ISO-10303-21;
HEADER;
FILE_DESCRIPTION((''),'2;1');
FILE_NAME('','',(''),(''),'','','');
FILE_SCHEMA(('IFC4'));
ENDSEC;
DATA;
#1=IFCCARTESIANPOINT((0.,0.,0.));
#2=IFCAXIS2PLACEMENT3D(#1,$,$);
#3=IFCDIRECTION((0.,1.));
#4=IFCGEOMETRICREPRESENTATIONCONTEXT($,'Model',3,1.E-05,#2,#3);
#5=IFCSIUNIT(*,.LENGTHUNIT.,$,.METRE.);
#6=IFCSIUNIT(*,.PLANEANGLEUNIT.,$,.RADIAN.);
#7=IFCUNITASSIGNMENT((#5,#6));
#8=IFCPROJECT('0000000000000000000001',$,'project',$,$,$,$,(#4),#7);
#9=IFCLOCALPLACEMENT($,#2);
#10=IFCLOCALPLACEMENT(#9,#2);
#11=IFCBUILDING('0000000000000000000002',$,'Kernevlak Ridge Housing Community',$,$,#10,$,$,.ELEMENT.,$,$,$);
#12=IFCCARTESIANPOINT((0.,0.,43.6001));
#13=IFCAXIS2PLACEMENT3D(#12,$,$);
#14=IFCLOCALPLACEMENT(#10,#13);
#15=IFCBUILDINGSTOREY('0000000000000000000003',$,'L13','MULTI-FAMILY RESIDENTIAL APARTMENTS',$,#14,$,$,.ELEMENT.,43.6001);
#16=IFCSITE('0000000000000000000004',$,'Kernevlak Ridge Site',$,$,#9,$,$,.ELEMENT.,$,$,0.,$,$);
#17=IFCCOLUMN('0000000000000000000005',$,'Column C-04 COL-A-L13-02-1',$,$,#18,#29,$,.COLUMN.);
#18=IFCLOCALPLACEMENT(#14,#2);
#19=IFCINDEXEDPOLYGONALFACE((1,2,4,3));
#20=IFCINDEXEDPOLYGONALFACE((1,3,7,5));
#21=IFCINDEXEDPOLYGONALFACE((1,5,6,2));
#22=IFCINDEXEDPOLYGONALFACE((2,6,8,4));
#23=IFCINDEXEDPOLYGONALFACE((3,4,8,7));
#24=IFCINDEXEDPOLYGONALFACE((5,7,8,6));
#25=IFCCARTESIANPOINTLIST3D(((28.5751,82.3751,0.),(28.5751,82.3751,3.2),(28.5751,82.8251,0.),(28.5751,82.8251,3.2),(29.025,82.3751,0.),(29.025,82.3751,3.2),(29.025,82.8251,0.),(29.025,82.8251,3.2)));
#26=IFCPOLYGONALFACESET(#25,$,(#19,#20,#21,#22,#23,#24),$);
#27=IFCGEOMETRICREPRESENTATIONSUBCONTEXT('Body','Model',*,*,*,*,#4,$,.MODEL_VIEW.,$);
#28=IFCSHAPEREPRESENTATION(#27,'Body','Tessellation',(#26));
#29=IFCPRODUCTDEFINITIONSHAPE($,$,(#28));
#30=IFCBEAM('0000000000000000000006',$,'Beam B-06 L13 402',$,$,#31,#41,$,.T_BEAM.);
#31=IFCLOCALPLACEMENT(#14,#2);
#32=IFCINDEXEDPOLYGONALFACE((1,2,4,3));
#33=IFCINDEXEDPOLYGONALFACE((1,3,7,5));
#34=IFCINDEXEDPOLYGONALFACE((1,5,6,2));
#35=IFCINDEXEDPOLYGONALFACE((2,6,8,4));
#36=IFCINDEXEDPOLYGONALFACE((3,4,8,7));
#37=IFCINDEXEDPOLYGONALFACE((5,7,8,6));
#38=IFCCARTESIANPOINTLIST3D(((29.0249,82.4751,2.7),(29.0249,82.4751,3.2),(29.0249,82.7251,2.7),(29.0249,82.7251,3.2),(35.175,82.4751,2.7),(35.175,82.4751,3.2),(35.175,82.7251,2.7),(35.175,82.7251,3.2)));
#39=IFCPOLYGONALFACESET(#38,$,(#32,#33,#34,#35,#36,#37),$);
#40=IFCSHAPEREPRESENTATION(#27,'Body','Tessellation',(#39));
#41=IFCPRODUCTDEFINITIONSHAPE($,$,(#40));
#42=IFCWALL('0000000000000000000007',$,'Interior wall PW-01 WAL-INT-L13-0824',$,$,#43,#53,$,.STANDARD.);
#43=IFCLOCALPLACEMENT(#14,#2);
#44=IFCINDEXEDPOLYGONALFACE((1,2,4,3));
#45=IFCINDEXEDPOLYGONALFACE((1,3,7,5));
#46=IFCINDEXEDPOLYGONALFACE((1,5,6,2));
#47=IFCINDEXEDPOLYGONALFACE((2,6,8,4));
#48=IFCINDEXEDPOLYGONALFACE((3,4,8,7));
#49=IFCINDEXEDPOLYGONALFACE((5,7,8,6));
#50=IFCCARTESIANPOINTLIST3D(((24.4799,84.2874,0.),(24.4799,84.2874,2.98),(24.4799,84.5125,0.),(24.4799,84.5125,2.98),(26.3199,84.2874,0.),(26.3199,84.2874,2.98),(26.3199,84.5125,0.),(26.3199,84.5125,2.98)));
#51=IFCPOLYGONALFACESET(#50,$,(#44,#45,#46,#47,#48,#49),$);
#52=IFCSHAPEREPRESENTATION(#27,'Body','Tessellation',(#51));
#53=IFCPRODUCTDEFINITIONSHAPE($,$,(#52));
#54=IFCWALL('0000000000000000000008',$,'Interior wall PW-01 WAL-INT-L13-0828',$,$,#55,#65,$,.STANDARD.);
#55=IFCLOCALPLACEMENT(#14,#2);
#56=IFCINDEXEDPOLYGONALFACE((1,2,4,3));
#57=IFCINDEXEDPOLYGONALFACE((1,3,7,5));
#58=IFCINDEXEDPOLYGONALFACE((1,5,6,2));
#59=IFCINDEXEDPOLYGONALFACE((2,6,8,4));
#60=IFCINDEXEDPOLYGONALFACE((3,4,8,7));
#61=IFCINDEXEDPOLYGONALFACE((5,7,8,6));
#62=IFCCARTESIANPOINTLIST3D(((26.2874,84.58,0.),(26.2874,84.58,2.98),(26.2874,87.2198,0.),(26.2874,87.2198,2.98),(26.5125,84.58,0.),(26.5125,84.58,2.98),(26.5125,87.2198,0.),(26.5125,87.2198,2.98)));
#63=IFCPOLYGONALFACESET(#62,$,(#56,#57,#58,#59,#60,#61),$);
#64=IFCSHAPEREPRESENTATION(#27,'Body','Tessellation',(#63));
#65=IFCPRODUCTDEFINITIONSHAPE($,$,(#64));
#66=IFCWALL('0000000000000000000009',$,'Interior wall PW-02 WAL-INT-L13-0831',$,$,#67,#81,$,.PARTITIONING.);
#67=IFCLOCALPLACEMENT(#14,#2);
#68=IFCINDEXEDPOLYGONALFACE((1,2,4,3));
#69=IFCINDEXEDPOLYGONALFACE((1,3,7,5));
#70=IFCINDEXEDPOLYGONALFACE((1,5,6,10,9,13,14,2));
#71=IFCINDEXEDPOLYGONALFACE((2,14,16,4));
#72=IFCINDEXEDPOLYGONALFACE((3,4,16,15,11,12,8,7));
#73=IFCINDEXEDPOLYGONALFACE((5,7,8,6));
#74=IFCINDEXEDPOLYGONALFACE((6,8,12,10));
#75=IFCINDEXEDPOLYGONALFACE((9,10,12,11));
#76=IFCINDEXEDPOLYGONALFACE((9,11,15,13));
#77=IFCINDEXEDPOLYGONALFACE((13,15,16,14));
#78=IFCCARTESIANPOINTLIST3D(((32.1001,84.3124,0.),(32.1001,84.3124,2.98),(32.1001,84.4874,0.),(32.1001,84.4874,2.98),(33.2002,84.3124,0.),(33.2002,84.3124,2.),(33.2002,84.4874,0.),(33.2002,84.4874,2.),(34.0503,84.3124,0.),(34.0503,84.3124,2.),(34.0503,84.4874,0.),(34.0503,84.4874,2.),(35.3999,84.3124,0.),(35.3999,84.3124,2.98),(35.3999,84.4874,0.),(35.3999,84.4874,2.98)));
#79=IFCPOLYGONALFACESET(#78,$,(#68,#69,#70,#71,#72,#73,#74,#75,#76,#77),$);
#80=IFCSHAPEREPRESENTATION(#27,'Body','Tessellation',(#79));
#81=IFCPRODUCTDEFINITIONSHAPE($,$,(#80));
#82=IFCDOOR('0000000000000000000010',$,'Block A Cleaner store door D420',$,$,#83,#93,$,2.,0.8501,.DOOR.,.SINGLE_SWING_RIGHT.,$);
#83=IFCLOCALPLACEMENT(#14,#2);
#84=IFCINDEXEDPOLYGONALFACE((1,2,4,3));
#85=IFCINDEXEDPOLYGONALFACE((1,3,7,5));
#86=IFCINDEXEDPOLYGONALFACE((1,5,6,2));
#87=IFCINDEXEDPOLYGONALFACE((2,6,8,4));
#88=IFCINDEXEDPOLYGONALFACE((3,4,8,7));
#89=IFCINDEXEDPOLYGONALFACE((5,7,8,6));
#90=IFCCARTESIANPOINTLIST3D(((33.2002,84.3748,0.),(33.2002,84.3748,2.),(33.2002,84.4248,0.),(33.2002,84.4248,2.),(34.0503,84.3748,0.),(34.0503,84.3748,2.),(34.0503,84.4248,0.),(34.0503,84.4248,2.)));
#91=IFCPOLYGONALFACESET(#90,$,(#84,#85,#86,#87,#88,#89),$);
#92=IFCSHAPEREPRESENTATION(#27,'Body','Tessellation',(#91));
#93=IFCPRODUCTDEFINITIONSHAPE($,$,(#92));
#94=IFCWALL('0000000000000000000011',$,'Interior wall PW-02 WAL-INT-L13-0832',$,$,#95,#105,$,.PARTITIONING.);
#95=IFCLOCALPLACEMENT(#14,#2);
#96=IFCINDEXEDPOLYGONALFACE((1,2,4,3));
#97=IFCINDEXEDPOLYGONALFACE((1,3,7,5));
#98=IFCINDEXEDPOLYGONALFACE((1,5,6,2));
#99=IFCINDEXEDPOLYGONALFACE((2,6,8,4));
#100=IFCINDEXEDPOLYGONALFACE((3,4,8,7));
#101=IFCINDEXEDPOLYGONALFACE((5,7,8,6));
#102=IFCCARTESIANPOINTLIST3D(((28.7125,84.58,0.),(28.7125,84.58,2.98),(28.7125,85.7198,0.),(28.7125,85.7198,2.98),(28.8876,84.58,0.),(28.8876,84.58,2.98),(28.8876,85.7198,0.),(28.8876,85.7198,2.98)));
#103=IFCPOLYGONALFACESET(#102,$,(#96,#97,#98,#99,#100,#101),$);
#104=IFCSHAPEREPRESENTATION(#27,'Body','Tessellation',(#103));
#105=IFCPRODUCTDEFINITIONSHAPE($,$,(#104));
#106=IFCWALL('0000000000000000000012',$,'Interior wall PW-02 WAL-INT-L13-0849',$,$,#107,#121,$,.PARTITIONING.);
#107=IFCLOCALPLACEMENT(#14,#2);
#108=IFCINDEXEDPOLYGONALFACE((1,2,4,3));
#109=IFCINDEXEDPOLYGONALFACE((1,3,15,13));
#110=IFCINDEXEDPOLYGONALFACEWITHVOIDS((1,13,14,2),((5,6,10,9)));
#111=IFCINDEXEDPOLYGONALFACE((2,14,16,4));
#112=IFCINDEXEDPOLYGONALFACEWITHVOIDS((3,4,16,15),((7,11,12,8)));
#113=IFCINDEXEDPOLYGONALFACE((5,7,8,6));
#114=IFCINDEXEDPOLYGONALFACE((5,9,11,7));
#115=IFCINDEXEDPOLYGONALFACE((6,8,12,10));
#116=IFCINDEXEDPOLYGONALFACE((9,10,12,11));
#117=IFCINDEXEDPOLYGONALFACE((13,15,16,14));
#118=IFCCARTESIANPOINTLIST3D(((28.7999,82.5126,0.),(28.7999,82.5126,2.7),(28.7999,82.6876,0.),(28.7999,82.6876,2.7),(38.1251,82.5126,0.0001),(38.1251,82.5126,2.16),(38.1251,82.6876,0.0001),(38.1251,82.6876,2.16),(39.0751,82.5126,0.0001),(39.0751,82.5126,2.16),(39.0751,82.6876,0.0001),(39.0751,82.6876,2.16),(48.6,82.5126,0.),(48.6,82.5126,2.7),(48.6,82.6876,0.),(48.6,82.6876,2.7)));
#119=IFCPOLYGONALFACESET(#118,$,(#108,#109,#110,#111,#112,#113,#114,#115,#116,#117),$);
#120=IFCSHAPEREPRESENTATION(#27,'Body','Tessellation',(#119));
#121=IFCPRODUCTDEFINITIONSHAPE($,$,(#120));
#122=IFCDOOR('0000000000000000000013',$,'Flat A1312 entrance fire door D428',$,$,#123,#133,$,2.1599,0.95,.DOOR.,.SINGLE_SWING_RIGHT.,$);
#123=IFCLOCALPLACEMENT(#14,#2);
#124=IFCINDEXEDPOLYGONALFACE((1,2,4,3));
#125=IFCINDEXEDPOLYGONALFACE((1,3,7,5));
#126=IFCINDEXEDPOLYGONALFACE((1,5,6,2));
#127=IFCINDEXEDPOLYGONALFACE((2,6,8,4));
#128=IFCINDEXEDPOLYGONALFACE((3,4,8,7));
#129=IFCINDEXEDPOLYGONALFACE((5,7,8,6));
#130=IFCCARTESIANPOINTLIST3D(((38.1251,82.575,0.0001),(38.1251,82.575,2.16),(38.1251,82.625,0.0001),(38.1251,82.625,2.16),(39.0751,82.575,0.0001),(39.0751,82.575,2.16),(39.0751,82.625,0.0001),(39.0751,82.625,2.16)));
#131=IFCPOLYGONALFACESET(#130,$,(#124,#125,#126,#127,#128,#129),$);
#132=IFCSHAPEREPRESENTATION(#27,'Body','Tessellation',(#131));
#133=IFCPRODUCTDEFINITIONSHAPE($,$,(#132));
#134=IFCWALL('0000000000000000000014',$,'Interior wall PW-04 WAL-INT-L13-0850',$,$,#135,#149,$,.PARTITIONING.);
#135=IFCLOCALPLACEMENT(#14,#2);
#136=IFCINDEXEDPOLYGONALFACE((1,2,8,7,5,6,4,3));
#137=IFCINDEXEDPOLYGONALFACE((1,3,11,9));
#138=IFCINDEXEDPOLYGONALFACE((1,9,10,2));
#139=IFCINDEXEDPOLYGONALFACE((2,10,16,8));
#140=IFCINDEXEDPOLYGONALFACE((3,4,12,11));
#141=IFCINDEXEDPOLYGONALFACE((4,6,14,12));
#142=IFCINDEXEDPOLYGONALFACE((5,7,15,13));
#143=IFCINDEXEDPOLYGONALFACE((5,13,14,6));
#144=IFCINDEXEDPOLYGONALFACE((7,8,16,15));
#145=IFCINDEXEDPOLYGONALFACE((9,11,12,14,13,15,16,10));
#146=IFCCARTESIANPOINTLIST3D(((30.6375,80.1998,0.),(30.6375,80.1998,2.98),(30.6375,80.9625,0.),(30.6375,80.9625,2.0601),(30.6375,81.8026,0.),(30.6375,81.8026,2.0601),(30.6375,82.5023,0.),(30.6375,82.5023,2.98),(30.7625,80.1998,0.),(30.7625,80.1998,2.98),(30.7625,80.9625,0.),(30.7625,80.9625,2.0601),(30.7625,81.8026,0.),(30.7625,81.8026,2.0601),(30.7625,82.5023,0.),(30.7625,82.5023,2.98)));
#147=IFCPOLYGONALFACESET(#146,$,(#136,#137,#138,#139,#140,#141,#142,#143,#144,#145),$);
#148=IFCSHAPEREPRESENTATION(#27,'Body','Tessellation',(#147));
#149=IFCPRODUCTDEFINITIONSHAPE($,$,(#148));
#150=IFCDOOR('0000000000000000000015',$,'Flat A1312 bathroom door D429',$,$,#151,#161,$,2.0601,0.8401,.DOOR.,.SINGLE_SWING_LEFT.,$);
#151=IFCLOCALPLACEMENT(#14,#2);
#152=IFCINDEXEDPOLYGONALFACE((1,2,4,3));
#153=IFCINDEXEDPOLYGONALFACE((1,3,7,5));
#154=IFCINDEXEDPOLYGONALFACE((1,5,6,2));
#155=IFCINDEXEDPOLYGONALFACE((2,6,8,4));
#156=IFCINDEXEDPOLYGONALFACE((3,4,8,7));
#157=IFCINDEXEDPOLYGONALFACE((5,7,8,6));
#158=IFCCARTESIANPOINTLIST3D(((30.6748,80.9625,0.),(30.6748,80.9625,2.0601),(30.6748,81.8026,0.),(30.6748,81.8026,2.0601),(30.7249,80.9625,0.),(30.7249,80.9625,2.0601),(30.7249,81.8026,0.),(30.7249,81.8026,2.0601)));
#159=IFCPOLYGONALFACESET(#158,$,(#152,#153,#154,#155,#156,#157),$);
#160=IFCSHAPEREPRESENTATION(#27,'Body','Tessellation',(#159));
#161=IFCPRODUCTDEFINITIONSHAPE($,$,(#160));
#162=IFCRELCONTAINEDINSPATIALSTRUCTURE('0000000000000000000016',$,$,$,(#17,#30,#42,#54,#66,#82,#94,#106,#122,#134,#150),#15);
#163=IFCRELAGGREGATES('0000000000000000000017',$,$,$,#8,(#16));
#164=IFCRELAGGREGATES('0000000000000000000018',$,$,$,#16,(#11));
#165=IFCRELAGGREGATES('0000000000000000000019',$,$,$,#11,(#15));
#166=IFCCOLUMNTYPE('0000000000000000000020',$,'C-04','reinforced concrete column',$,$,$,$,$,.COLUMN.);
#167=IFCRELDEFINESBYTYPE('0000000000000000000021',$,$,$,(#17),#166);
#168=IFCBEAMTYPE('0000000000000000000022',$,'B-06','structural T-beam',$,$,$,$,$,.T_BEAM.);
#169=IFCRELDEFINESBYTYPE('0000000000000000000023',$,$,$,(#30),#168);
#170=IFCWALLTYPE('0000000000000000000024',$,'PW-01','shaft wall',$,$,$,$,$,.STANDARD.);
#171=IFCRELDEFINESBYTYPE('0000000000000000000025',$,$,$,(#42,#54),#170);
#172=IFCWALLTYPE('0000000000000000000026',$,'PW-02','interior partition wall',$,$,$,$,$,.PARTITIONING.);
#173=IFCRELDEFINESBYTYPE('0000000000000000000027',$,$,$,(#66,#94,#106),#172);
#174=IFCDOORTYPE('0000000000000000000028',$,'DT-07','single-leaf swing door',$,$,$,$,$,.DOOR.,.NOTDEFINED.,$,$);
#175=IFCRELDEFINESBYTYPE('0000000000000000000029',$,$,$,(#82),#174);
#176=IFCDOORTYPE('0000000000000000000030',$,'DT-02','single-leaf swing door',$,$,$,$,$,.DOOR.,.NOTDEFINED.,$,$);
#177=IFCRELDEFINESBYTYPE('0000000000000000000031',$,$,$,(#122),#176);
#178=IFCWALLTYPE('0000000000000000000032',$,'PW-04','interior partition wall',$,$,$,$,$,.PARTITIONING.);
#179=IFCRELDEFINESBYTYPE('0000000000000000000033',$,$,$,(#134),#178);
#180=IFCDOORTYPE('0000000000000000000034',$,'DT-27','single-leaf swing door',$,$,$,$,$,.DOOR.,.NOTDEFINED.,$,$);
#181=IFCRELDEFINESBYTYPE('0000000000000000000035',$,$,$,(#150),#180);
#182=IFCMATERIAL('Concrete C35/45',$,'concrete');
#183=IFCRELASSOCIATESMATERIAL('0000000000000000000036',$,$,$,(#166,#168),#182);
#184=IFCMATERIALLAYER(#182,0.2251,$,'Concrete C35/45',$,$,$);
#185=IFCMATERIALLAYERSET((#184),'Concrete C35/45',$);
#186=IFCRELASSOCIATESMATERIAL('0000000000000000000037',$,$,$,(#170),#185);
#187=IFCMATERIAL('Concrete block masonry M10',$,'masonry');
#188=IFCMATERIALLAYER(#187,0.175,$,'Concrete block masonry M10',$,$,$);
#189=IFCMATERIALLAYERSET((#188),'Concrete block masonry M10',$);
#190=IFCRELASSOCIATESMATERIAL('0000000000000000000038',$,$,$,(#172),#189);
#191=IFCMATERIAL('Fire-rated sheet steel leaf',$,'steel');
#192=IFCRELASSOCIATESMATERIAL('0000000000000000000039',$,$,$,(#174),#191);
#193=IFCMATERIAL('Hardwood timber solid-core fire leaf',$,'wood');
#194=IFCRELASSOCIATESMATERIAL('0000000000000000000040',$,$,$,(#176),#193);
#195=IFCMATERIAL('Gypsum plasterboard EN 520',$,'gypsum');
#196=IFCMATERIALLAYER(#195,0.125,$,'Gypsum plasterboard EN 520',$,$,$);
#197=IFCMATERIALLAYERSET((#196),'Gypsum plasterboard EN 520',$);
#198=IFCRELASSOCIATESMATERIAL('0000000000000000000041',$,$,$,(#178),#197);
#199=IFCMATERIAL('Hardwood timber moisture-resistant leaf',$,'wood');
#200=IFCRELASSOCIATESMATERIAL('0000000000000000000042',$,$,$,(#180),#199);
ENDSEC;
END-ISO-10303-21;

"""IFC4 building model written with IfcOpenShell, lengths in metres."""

from ifc_helpers import new_model, si_unit, direction, frame, frame_2d, origin, origin_2d, place, context, subcontext, project, spatial, rectangle, extrude, material, layer, layer_set, material_profile, profile_set, type_object, element, fill, save


model = new_model("IFC4")

# Units and contexts
model_context = context("Model", 3, precision=1e-05, world=origin(), true_north=direction((0.0, 1.0)))
body_context = subcontext(model_context, "Body", "Model", "MODEL_VIEW")
ifc_project = project(units=[si_unit("LENGTHUNIT", "METRE"), si_unit("PLANEANGLEUNIT", "RADIAN")], contexts=[model_context])

# Site, building, storey
site_placement = place(None, origin())
site = spatial("IfcSite", under=ifc_project, at=site_placement, Name="Kernevlak Ridge Site", CompositionType="ELEMENT", RefElevation=0.0)
building_placement = place(site_placement, origin())
building = spatial("IfcBuilding", under=site, at=building_placement, Name="Kernevlak Ridge Housing Community", CompositionType="ELEMENT")
storey_placement = place(building_placement, frame((0.0, 0.0, 43.6001)))
storey = spatial("IfcBuildingStorey", under=building, at=storey_placement, Name="L13", Description="MULTI-FAMILY RESIDENTIAL APARTMENTS", CompositionType="ELEMENT", Elevation=43.6001)

# Column
ifc_material_1 = material(Name="Concrete C35/45", Category="concrete")
ifc_material_profile_1 = material_profile(ifc_material_1, rectangle(XDim=0.45, YDim=0.45, at=origin_2d()), Name="RC 450x450")
ifc_profile_set_1 = profile_set([ifc_material_profile_1], Name="Concrete C35/45")
column_type = type_object("IfcColumnType", Name="C-04", Description="reinforced concrete column", PredefinedType="COLUMN", material=ifc_profile_set_1)
column_placement = place(storey_placement, frame((28.8, 82.6001, 0.0), z_axis=(0.0, 0.0, 1.0), x_axis=(1.0, 0.0, 0.0)))
element("IfcColumn", 1, at=column_placement, inside=storey, type_object=column_type, Name="Column C-04 COL-A-L13-02-1", PredefinedType="COLUMN", context=body_context, shape_type="SweptSolid", body=[
    extrude(rectangle(XDim=0.45, YDim=0.45, at=origin_2d()), origin(), (0.0, 0.0, 1.0), 3.2),
])

# Beam
ifc_material_profile_2 = material_profile(ifc_material_1, rectangle(XDim=0.25, YDim=0.5, at=origin_2d()), Name="RC 250x500")
ifc_profile_set_2 = profile_set([ifc_material_profile_2], Name="Concrete C35/45")
beam_type = type_object("IfcBeamType", Name="B-06", Description="structural T-beam", PredefinedType="T_BEAM", material=ifc_profile_set_2)
beam_placement = place(storey_placement, frame((29.0249, 82.6001, 2.95), z_axis=(1.0, 0.0, 0.0), x_axis=(0.0, 1.0, 0.0)))
element("IfcBeam", 2, at=beam_placement, inside=storey, type_object=beam_type, Name="Beam B-06 L13 402", PredefinedType="T_BEAM", context=body_context, shape_type="SweptSolid", body=[
    extrude(rectangle(XDim=0.25, YDim=0.5, at=origin_2d()), origin(), (0.0, 0.0, 1.0), 6.1501),
])

# Walls
ifc_layer_1 = layer(ifc_material_1, 0.2251, Name="Concrete C35/45")
ifc_layer_set_1 = layer_set([ifc_layer_1], Name="Concrete C35/45")
wall_type_1 = type_object("IfcWallType", Name="PW-01", Description="shaft wall", PredefinedType="STANDARD", material=ifc_layer_set_1)
wall_1_placement = place(storey_placement, frame((24.48, 84.3999, 0.0), z_axis=(0.0, 0.0, 1.0), x_axis=(1.0, 0.0, 0.0)))
element("IfcWall", 3, at=wall_1_placement, inside=storey, type_object=wall_type_1, Name="Interior wall PW-01 WAL-INT-L13-0824", PredefinedType="STANDARD", context=body_context, shape_type="SweptSolid", body=[
    extrude(rectangle(XDim=1.8401, YDim=0.2251, at=frame_2d((0.9199, 0.0))), origin(), (0.0, 0.0, 1.0), 2.98),
])
wall_2_placement = place(storey_placement, frame((26.3999, 84.5801, 0.0), z_axis=(0.0, 0.0, 1.0), x_axis=(0.0, 1.0, 0.0)))
element("IfcWall", 4, at=wall_2_placement, inside=storey, type_object=wall_type_1, Name="Interior wall PW-01 WAL-INT-L13-0828", PredefinedType="STANDARD", context=body_context, shape_type="SweptSolid", body=[
    extrude(rectangle(XDim=2.6399, YDim=0.2251, at=frame_2d((1.3198, 0.0))), origin(), (0.0, 0.0, 1.0), 2.98),
])

# Wall, opening, door
ifc_material_2 = material(Name="Concrete block masonry M10", Category="masonry")
ifc_layer_2 = layer(ifc_material_2, 0.175, Name="Concrete block masonry M10")
ifc_layer_set_2 = layer_set([ifc_layer_2], Name="Concrete block masonry M10")
wall_type_2 = type_object("IfcWallType", Name="PW-02", Description="interior partition wall", PredefinedType="PARTITIONING", material=ifc_layer_set_2)
ifc_material_3 = material(Name="Fire-rated sheet steel leaf", Category="steel")
wall_3_placement = place(storey_placement, frame((32.1001, 84.3999, 0.0), z_axis=(0.0, 0.0, 1.0), x_axis=(1.0, 0.0, 0.0)))
wall_3 = element("IfcWall", 5, at=wall_3_placement, inside=storey, type_object=wall_type_2, Name="Interior wall PW-02 WAL-INT-L13-0831", PredefinedType="PARTITIONING", context=body_context, shape_type="SweptSolid", body=[
    extrude(rectangle(XDim=3.2998, YDim=0.175, at=frame_2d((1.6499, 0.0))), origin(), (0.0, 0.0, 1.0), 2.98),
])
opening_1_placement = place(wall_3_placement, frame((1.1001, 0.0, 0.0)))
opening_1 = element("IfcOpeningElement", 6, at=opening_1_placement, cuts=wall_3, PredefinedType="OPENING", context=body_context, shape_type="SweptSolid", body=[
    extrude(rectangle(XDim=0.8501, YDim=2.0, at=frame_2d((0.425, 1.0))), frame((0.0, 0.0974, 0.0), z_axis=(0.0, -1.0, 0.0), x_axis=(1.0, 0.0, 0.0)), (0.0, 0.0, 1.0), 0.1951),
])
door_type_1 = type_object("IfcDoorType", Name="DT-07", Description="single-leaf swing door", OperationType="NOTDEFINED", PredefinedType="DOOR", material=ifc_material_3)
door_1_placement = place(opening_1_placement, origin())
door_1 = element("IfcDoor", 7, at=door_1_placement, inside=storey, type_object=door_type_1, Name="Block A Cleaner store door D420", OperationType="SINGLE_SWING_RIGHT", OverallHeight=2.0, OverallWidth=0.8501, PredefinedType="DOOR", context=body_context, shape_type="SweptSolid", body=[
    extrude(rectangle(XDim=0.8501, YDim=2.0, at=frame_2d((0.425, 1.0))), frame((0.0, 0.0249, 0.0), z_axis=(0.0, -1.0, 0.0), x_axis=(1.0, 0.0, 0.0)), (0.0, 0.0, 1.0), 0.05),
])
fill(opening_1, door_1)

# Wall
wall_4_placement = place(storey_placement, frame((28.8, 84.5801, 0.0), z_axis=(0.0, 0.0, 1.0), x_axis=(0.0, 1.0, 0.0)))
element("IfcWall", 8, at=wall_4_placement, inside=storey, type_object=wall_type_2, Name="Interior wall PW-02 WAL-INT-L13-0832", PredefinedType="PARTITIONING", context=body_context, shape_type="SweptSolid", body=[
    extrude(rectangle(XDim=1.1399, YDim=0.175, at=frame_2d((0.5698, 0.0))), origin(), (0.0, 0.0, 1.0), 2.98),
])

# Walls, openings, doors
wall_5_placement = place(storey_placement, frame((28.8, 82.6001, 0.0), z_axis=(0.0, 0.0, 1.0), x_axis=(1.0, 0.0, 0.0)))
wall_5 = element("IfcWall", 9, at=wall_5_placement, inside=storey, type_object=wall_type_2, Name="Interior wall PW-02 WAL-INT-L13-0849", PredefinedType="PARTITIONING", context=body_context, shape_type="SweptSolid", body=[
    extrude(rectangle(XDim=19.8, YDim=0.175, at=frame_2d((9.8999, 0.0))), origin(), (0.0, 0.0, 1.0), 2.7),
])
opening_2_placement = place(wall_5_placement, frame((9.325, 0.0, 0.0)))
opening_2 = element("IfcOpeningElement", 10, at=opening_2_placement, cuts=wall_5, PredefinedType="OPENING", context=body_context, shape_type="SweptSolid", body=[
    extrude(rectangle(XDim=0.95, YDim=2.1599, at=frame_2d((0.4751, 1.0801))), frame((0.0, 0.0974, 0.0), z_axis=(0.0, -1.0, 0.0), x_axis=(1.0, 0.0, 0.0)), (0.0, 0.0, 1.0), 0.1951),
])
ifc_material_4 = material(Name="Hardwood timber solid-core fire leaf", Category="wood")
door_type_2 = type_object("IfcDoorType", Name="DT-02", Description="single-leaf swing door", OperationType="NOTDEFINED", PredefinedType="DOOR", material=ifc_material_4)
door_2_placement = place(opening_2_placement, origin())
door_2 = element("IfcDoor", 11, at=door_2_placement, inside=storey, type_object=door_type_2, Name="Flat A1312 entrance fire door D428", OperationType="SINGLE_SWING_RIGHT", OverallHeight=2.1599, OverallWidth=0.95, PredefinedType="DOOR", context=body_context, shape_type="SweptSolid", body=[
    extrude(rectangle(XDim=0.95, YDim=2.1599, at=frame_2d((0.4751, 1.0801))), frame((0.0, 0.0249, 0.0), z_axis=(0.0, -1.0, 0.0), x_axis=(1.0, 0.0, 0.0)), (0.0, 0.0, 1.0), 0.05),
])
fill(opening_2, door_2)
ifc_material_5 = material(Name="Gypsum plasterboard EN 520", Category="gypsum")
ifc_layer_3 = layer(ifc_material_5, 0.125, Name="Gypsum plasterboard EN 520")
ifc_layer_set_3 = layer_set([ifc_layer_3], Name="Gypsum plasterboard EN 520")
wall_type_3 = type_object("IfcWallType", Name="PW-04", Description="interior partition wall", PredefinedType="PARTITIONING", material=ifc_layer_set_3)
wall_6_placement = place(storey_placement, frame((30.7, 82.5024, 0.0), z_axis=(0.0, 0.0, 1.0), x_axis=(0.0, -1.0, 0.0)))
wall_6 = element("IfcWall", 12, at=wall_6_placement, inside=storey, type_object=wall_type_3, Name="Interior wall PW-04 WAL-INT-L13-0850", PredefinedType="PARTITIONING", context=body_context, shape_type="SweptSolid", body=[
    extrude(rectangle(XDim=2.3025, YDim=0.125, at=frame_2d((1.1514, 0.0))), origin(), (0.0, 0.0, 1.0), 2.98),
])
opening_3_placement = place(wall_6_placement, frame((0.7, 0.0, 0.0)))
opening_3 = element("IfcOpeningElement", 13, at=opening_3_placement, cuts=wall_6, PredefinedType="OPENING", context=body_context, shape_type="SweptSolid", body=[
    extrude(rectangle(XDim=0.8401, YDim=2.0601, at=frame_2d((0.4199, 1.03))), frame((0.0, 0.0725, 0.0), z_axis=(0.0, -1.0, 0.0), x_axis=(1.0, 0.0, 0.0)), (0.0, 0.0, 1.0), 0.145),
])
ifc_material_6 = material(Name="Hardwood timber moisture-resistant leaf", Category="wood")
door_type_3 = type_object("IfcDoorType", Name="DT-27", Description="single-leaf swing door", OperationType="NOTDEFINED", PredefinedType="DOOR", material=ifc_material_6)
door_3_placement = place(opening_3_placement, origin())
door_3 = element("IfcDoor", 14, at=door_3_placement, inside=storey, type_object=door_type_3, Name="Flat A1312 bathroom door D429", OperationType="SINGLE_SWING_LEFT", OverallHeight=2.0601, OverallWidth=0.8401, PredefinedType="DOOR", context=body_context, shape_type="SweptSolid", body=[
    extrude(rectangle(XDim=0.8401, YDim=2.0601, at=frame_2d((0.4199, 1.03))), frame((0.0, 0.0249, 0.0), z_axis=(0.0, -1.0, 0.0), x_axis=(1.0, 0.0, 0.0)), (0.0, 0.0, 1.0), 0.05),
])
fill(opening_3, door_3)

save(model, "model.ifc")
